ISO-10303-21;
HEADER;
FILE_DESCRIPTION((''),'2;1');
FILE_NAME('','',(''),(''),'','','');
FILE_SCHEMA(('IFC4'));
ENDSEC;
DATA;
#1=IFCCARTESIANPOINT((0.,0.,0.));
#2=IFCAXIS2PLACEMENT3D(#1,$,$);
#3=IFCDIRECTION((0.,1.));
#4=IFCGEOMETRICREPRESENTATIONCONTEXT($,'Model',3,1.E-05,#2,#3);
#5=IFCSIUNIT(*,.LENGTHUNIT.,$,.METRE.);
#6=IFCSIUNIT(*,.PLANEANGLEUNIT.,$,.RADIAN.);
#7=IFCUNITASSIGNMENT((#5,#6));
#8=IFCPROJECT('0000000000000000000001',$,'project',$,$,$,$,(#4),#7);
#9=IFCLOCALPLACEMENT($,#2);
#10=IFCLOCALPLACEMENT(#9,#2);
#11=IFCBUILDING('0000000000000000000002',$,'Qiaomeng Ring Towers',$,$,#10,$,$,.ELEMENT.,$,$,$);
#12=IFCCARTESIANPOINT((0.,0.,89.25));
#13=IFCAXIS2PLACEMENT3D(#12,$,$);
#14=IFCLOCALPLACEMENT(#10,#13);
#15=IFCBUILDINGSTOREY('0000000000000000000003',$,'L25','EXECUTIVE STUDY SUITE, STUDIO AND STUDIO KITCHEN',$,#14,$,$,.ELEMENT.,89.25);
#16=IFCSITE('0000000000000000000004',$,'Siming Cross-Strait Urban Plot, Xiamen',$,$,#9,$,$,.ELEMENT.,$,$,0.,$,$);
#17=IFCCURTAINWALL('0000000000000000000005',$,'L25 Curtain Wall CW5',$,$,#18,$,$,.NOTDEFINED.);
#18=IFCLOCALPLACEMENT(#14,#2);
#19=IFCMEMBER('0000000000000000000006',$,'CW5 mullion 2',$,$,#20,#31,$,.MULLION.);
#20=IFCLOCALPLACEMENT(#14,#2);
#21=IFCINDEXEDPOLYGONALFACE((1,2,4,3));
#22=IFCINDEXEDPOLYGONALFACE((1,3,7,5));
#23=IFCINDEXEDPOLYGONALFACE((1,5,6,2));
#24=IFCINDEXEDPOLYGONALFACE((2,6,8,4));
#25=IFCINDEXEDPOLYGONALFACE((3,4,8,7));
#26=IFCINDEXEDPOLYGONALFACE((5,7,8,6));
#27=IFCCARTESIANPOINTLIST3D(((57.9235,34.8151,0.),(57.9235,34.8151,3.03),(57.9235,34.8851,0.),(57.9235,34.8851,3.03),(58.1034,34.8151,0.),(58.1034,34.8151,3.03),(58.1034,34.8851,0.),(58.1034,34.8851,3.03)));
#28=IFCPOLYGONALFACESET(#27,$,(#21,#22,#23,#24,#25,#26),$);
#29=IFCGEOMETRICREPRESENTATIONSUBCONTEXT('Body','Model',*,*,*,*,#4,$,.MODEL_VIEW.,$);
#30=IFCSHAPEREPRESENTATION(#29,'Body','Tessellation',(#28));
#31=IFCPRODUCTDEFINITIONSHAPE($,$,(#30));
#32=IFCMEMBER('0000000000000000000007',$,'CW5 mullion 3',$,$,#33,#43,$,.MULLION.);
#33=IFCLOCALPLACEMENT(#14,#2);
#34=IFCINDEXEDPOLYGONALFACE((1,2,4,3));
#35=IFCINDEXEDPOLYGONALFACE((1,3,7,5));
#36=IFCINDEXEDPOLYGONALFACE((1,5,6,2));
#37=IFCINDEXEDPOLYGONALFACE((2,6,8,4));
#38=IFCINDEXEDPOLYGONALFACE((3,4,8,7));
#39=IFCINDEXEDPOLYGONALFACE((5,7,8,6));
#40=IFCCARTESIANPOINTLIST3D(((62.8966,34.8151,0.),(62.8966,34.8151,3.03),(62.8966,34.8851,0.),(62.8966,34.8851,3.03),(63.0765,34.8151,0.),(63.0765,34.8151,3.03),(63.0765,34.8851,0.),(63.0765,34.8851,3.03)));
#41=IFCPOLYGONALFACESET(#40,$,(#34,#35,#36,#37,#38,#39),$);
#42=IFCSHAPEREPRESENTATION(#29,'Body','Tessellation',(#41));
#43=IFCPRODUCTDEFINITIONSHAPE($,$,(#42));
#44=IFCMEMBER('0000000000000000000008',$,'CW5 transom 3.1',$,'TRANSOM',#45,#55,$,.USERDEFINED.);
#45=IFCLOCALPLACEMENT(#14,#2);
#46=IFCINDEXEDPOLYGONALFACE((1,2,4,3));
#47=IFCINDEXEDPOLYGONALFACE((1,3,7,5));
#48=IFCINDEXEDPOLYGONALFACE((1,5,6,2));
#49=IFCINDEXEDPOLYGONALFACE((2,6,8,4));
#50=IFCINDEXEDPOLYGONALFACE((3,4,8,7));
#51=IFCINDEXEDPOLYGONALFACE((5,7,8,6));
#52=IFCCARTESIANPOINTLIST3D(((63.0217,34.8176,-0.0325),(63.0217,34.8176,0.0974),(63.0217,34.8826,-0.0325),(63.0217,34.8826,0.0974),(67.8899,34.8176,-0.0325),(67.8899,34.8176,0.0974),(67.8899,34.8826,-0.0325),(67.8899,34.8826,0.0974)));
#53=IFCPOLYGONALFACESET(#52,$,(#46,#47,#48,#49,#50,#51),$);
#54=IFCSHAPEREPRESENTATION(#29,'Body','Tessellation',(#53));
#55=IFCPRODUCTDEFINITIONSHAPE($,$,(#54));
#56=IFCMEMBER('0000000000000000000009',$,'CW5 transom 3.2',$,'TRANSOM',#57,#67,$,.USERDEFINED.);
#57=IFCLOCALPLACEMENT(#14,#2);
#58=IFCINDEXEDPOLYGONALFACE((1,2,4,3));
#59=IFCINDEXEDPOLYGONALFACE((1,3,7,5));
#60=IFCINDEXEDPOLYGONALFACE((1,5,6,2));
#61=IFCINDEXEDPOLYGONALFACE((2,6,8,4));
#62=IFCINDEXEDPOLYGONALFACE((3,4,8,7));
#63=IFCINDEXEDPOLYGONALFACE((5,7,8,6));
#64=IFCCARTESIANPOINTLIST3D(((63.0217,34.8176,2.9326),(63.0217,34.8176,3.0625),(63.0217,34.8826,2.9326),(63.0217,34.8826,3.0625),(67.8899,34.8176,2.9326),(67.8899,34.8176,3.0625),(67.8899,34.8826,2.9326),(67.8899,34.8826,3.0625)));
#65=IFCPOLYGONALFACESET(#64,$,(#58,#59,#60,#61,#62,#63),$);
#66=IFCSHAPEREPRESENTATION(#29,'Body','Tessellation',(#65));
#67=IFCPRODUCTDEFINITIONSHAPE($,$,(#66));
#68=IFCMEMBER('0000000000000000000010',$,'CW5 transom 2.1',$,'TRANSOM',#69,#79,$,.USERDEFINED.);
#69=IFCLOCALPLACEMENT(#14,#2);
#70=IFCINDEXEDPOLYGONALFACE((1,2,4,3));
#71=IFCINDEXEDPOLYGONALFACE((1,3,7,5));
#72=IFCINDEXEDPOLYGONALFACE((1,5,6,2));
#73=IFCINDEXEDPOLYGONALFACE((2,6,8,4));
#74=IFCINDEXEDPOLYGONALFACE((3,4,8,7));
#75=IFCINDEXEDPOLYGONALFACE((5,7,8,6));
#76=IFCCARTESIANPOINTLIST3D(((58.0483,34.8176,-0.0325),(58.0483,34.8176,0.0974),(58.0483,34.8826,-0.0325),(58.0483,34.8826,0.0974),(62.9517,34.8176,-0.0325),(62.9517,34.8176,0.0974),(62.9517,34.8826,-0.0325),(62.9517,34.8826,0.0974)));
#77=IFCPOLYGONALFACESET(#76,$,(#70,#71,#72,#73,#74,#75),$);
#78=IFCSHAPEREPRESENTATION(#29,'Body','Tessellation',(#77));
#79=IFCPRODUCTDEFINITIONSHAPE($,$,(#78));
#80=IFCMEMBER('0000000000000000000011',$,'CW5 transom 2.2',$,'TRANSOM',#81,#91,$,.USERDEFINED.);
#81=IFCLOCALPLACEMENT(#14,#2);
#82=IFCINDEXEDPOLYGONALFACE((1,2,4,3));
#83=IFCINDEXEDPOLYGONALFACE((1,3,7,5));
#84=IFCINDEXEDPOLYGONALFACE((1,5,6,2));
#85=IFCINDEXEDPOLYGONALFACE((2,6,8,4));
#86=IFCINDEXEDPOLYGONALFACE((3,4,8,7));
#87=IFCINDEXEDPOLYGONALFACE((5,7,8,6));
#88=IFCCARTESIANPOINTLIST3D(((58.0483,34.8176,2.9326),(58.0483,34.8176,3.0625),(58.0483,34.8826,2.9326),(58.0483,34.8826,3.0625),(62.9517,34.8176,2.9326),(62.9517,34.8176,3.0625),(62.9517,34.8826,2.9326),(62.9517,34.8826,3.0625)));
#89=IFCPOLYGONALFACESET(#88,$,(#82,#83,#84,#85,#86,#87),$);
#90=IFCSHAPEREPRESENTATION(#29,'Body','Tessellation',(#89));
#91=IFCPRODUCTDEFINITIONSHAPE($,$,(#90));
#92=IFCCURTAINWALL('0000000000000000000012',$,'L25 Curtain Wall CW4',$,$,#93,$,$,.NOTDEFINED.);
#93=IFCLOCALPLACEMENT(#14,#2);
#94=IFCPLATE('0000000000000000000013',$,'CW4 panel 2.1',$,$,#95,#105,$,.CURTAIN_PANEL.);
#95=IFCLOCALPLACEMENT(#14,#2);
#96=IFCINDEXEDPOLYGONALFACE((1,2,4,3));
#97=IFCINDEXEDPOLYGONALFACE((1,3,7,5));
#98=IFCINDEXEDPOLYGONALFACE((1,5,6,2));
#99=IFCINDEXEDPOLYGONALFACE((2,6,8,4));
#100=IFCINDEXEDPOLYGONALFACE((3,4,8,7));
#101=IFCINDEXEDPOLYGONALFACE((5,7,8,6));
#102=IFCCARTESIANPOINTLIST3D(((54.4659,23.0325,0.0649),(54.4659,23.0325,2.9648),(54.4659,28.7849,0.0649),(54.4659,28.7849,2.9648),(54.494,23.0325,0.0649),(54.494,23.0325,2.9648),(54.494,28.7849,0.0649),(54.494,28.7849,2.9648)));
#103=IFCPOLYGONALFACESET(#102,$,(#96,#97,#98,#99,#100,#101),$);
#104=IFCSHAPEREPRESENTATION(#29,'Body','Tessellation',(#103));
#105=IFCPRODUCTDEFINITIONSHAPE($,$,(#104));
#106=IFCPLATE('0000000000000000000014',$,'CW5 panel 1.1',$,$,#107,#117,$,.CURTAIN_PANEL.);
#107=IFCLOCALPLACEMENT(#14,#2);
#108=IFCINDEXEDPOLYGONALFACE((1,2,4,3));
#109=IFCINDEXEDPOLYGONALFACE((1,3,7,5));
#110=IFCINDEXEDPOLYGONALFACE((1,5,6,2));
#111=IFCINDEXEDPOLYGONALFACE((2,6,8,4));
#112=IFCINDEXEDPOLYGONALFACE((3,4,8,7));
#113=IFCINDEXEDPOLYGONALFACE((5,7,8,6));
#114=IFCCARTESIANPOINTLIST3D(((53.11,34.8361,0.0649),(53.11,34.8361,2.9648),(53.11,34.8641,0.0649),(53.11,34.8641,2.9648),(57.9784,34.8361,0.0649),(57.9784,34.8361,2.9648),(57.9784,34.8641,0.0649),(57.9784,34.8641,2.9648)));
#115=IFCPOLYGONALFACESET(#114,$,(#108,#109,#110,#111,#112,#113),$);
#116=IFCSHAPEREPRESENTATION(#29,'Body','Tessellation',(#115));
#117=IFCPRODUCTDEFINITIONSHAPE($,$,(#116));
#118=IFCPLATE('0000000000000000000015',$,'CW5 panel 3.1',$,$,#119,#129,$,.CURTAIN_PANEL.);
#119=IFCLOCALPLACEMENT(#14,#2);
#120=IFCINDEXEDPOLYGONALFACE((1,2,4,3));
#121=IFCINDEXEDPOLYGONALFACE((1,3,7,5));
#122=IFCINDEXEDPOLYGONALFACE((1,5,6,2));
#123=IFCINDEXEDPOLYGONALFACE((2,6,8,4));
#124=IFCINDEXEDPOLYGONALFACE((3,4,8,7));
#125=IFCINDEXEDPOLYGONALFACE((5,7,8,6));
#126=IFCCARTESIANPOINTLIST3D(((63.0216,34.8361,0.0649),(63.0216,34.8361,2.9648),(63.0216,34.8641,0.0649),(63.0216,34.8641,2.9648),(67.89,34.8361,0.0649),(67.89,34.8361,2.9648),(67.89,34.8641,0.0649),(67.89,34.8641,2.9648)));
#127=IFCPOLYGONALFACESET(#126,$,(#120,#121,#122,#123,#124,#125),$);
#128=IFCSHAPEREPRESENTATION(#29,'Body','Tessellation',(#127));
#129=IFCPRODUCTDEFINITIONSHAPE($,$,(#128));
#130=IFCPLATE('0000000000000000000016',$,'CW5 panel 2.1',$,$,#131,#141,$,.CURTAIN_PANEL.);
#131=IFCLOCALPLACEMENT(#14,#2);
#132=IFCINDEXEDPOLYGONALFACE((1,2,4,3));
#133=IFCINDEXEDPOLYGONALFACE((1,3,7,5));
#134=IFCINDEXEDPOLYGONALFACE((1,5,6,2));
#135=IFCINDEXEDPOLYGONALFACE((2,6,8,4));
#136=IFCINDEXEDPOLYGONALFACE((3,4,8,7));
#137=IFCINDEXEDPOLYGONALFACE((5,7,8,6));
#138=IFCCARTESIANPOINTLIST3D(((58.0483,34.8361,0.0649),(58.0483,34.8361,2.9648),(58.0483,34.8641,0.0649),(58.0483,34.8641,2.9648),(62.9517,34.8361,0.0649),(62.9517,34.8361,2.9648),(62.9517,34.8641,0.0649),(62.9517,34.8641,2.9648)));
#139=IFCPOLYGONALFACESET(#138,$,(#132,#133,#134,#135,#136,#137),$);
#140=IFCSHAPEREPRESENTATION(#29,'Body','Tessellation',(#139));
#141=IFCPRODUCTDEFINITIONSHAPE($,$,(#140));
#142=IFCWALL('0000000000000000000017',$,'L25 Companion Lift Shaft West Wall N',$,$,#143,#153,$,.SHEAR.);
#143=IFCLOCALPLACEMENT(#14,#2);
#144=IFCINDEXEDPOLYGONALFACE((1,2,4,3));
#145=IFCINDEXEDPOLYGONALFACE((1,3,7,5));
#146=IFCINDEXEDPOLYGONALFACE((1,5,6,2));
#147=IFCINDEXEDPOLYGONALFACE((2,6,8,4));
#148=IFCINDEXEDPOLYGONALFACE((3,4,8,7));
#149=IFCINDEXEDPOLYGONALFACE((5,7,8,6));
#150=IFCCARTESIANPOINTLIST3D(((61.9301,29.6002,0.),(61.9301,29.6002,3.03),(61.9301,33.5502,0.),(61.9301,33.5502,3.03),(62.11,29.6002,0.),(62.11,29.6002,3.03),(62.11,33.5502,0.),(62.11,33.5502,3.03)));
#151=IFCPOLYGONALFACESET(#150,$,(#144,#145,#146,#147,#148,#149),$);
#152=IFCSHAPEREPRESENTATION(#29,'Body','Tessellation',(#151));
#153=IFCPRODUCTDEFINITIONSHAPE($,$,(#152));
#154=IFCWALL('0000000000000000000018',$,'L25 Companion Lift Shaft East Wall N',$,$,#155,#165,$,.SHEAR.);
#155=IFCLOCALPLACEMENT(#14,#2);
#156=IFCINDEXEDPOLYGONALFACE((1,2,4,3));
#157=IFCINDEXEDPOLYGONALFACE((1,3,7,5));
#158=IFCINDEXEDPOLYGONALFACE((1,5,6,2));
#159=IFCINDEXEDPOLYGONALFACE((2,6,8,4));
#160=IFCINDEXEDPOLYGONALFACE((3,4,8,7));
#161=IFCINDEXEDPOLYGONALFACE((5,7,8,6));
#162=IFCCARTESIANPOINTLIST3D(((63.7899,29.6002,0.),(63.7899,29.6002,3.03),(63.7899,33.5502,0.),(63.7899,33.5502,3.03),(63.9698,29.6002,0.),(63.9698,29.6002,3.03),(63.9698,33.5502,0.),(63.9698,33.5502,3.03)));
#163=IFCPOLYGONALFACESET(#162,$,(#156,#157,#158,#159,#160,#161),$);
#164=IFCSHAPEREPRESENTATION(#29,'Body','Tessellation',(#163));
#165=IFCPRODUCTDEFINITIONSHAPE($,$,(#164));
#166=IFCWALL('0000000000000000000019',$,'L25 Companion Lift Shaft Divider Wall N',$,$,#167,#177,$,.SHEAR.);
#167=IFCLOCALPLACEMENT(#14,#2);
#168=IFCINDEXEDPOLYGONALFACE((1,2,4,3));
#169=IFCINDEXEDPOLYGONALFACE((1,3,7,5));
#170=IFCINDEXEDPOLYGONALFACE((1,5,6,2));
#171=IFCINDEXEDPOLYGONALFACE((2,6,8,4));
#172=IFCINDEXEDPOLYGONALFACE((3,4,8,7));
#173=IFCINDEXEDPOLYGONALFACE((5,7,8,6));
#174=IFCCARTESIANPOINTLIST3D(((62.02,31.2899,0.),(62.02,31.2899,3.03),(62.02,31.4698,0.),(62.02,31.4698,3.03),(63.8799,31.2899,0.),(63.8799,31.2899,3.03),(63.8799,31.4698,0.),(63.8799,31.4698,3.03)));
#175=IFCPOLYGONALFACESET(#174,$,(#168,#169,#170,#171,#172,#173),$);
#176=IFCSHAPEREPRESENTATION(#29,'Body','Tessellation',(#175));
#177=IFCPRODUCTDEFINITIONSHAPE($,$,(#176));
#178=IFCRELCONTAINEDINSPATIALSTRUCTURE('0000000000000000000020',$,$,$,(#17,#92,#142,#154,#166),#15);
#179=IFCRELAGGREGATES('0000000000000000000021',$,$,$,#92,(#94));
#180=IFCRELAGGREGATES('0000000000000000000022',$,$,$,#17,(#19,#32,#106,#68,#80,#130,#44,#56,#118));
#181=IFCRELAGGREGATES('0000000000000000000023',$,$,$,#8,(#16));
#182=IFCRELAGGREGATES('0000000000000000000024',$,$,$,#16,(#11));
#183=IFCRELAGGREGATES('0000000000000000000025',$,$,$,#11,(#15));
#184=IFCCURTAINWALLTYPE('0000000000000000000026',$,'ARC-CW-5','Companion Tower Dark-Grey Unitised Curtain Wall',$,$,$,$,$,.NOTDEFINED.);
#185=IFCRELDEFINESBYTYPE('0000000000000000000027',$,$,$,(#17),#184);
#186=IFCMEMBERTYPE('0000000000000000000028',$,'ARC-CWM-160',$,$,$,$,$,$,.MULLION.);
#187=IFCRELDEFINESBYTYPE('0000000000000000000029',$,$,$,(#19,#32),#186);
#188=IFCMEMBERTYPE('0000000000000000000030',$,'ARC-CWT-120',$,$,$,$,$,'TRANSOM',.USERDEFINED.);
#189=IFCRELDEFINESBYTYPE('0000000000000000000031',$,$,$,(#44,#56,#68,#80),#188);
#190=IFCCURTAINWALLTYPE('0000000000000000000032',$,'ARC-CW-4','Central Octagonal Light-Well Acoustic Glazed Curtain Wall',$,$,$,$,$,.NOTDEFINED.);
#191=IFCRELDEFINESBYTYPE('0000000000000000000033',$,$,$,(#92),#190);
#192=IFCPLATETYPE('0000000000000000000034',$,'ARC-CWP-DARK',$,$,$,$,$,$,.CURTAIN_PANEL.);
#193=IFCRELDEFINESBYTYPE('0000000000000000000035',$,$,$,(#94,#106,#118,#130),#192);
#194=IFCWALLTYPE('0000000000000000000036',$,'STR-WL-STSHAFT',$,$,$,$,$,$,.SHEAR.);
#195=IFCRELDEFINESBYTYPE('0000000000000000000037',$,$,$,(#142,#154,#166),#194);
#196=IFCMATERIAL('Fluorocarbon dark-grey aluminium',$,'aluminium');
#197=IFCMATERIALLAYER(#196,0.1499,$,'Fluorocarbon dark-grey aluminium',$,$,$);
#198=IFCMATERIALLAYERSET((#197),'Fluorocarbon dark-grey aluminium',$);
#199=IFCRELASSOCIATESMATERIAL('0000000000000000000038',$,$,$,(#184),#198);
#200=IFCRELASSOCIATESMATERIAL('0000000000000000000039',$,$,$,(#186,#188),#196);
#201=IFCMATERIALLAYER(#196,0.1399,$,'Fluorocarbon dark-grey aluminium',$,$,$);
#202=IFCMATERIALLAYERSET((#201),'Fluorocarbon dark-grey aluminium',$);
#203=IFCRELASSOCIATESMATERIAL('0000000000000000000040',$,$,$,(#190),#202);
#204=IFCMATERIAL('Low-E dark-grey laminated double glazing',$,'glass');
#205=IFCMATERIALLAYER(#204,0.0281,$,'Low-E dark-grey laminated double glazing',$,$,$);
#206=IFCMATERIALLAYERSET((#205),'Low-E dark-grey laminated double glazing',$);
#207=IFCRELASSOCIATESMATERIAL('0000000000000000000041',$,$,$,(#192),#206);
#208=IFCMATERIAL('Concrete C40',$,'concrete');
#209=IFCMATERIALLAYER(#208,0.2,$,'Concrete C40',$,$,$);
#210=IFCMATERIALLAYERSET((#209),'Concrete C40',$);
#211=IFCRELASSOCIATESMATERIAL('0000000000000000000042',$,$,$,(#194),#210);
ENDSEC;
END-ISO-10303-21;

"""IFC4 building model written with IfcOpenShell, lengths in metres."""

from ifc_helpers import new_model, si_unit, direction, frame, frame_2d, origin, origin_2d, place, context, subcontext, project, spatial, rectangle, extrude, source, transform, mapped, material, layer, layer_set, material_profile, profile_set, type_object, element, aggregate, save


model = new_model("IFC4")

# Units and contexts
model_context = context("Model", 3, precision=1e-05, world=origin(), true_north=direction((0.0, 1.0)))
body_context = subcontext(model_context, "Body", "Model", "MODEL_VIEW")
ifc_project = project(units=[si_unit("LENGTHUNIT", "METRE"), si_unit("PLANEANGLEUNIT", "RADIAN")], contexts=[model_context])

# Site, building, storey
site_placement = place(None, origin())
site = spatial("IfcSite", under=ifc_project, at=site_placement, Name="Siming Cross-Strait Urban Plot, Xiamen", CompositionType="ELEMENT", RefElevation=0.0)
building_placement = place(site_placement, origin())
building = spatial("IfcBuilding", under=site, at=building_placement, Name="Qiaomeng Ring Towers", CompositionType="ELEMENT")
storey_placement = place(building_placement, frame((0.0, 0.0, 89.25)))
storey = spatial("IfcBuildingStorey", under=building, at=storey_placement, Name="L25", Description="EXECUTIVE STUDY SUITE, STUDIO AND STUDIO KITCHEN", CompositionType="ELEMENT", Elevation=89.25)

# Curtain wall, members
ifc_material_1 = material(Name="Fluorocarbon dark-grey aluminium", Category="aluminium")
ifc_layer_1 = layer(ifc_material_1, 0.1499, Name="Fluorocarbon dark-grey aluminium")
ifc_layer_set_1 = layer_set([ifc_layer_1], Name="Fluorocarbon dark-grey aluminium")
curtain_wall_type_1 = type_object("IfcCurtainWallType", Name="ARC-CW-5", Description="Companion Tower Dark-Grey Unitised Curtain Wall", PredefinedType="NOTDEFINED", material=ifc_layer_set_1)
curtain_wall_1_placement = place(storey_placement, origin())
curtain_wall_1 = element("IfcCurtainWall", 1, at=curtain_wall_1_placement, inside=storey, type_object=curtain_wall_type_1, Name="L25 Curtain Wall CW5", PredefinedType="NOTDEFINED")
ifc_material_profile_1 = material_profile(ifc_material_1, rectangle(XDim=0.0701, YDim=0.1799, at=origin_2d()), Name="ALU MULL 70x180")
ifc_profile_set_1 = profile_set([ifc_material_profile_1], Name="Fluorocarbon dark-grey aluminium")
member_type_1 = type_object("IfcMemberType", Name="ARC-CWM-160", PredefinedType="MULLION", material=ifc_profile_set_1)
shared_shape_1 = source(origin(), body_context, "Body", "SweptSolid", [
    extrude(rectangle(XDim=0.0701, YDim=0.1799, at=origin_2d()), origin(), (0.0, 0.0, 1.0), 3.03),
])
member_1_placement = place(storey_placement, frame((58.0134, 34.8501, 0.0), z_axis=(0.0, 0.0, 1.0), x_axis=(0.0, 1.0, 0.0)))
member_1 = element("IfcMember", 2, at=member_1_placement, type_object=member_type_1, Name="CW5 mullion 2", PredefinedType="MULLION", context=body_context, shape_type="MappedRepresentation", body=[
    mapped(shared_shape_1, transform((0.0, 0.0, 0.0), x_axis=(1.0, 0.0, 0.0), y_axis=(0.0, 1.0, 0.0), z_axis=(0.0, 0.0, 1.0), scale=1.0)),
])
member_2_placement = place(storey_placement, frame((62.9866, 34.8501, 0.0), z_axis=(0.0, 0.0, 1.0), x_axis=(0.0, 1.0, 0.0)))
member_2 = element("IfcMember", 3, at=member_2_placement, type_object=member_type_1, Name="CW5 mullion 3", PredefinedType="MULLION", context=body_context, shape_type="MappedRepresentation", body=[
    mapped(shared_shape_1, transform((0.0, 0.0, 0.0), x_axis=(1.0, 0.0, 0.0), y_axis=(0.0, 1.0, 0.0), z_axis=(0.0, 0.0, 1.0), scale=1.0)),
])
ifc_material_profile_2 = material_profile(ifc_material_1, rectangle(XDim=0.0649, YDim=0.1299, at=origin_2d()), Name="ALU TRAN 65x130")
ifc_profile_set_2 = profile_set([ifc_material_profile_2], Name="Fluorocarbon dark-grey aluminium")
member_type_2 = type_object("IfcMemberType", Name="ARC-CWT-120", ElementType="TRANSOM", PredefinedType="USERDEFINED", material=ifc_profile_set_2)
shared_shape_2 = source(origin(), body_context, "Body", "SweptSolid", [
    extrude(rectangle(XDim=0.0649, YDim=0.1299, at=origin_2d()), origin(), (0.0, 0.0, 1.0), 4.8682),
])
member_3_placement = place(storey_placement, frame((63.0217, 34.8501, 0.0325), z_axis=(1.0, 0.0, 0.0), x_axis=(0.0, 1.0, 0.0)))
member_3 = element("IfcMember", 4, at=member_3_placement, type_object=member_type_2, Name="CW5 transom 3.1", ObjectType="TRANSOM", PredefinedType="USERDEFINED", context=body_context, shape_type="MappedRepresentation", body=[
    mapped(shared_shape_2, transform((0.0, 0.0, 0.0), x_axis=(1.0, 0.0, 0.0), y_axis=(0.0, 1.0, 0.0), z_axis=(0.0, 0.0, 1.0), scale=1.0)),
])
member_4_placement = place(storey_placement, frame((63.0217, 34.8501, 2.9976), z_axis=(1.0, 0.0, 0.0), x_axis=(0.0, 1.0, 0.0)))
member_4 = element("IfcMember", 5, at=member_4_placement, type_object=member_type_2, Name="CW5 transom 3.2", ObjectType="TRANSOM", PredefinedType="USERDEFINED", context=body_context, shape_type="MappedRepresentation", body=[
    mapped(shared_shape_2, transform((0.0, 0.0, 0.0), x_axis=(1.0, 0.0, 0.0), y_axis=(0.0, 1.0, 0.0), z_axis=(0.0, 0.0, 1.0), scale=1.0)),
])
shared_shape_3 = source(origin(), body_context, "Body", "SweptSolid", [
    extrude(rectangle(XDim=0.0649, YDim=0.1299, at=origin_2d()), origin(), (0.0, 0.0, 1.0), 4.9033),
])
member_5_placement = place(storey_placement, frame((58.0483, 34.8501, 0.0325), z_axis=(1.0, 0.0, 0.0), x_axis=(0.0, 1.0, 0.0)))
member_5 = element("IfcMember", 6, at=member_5_placement, type_object=member_type_2, Name="CW5 transom 2.1", ObjectType="TRANSOM", PredefinedType="USERDEFINED", context=body_context, shape_type="MappedRepresentation", body=[
    mapped(shared_shape_3, transform((0.0, 0.0, 0.0), x_axis=(1.0, 0.0, 0.0), y_axis=(0.0, 1.0, 0.0), z_axis=(0.0, 0.0, 1.0), scale=1.0)),
])
member_6_placement = place(storey_placement, frame((58.0483, 34.8501, 2.9976), z_axis=(1.0, 0.0, 0.0), x_axis=(0.0, 1.0, 0.0)))
member_6 = element("IfcMember", 7, at=member_6_placement, type_object=member_type_2, Name="CW5 transom 2.2", ObjectType="TRANSOM", PredefinedType="USERDEFINED", context=body_context, shape_type="MappedRepresentation", body=[
    mapped(shared_shape_3, transform((0.0, 0.0, 0.0), x_axis=(1.0, 0.0, 0.0), y_axis=(0.0, 1.0, 0.0), z_axis=(0.0, 0.0, 1.0), scale=1.0)),
])

# Curtain wall, plate
ifc_layer_2 = layer(ifc_material_1, 0.1399, Name="Fluorocarbon dark-grey aluminium")
ifc_layer_set_2 = layer_set([ifc_layer_2], Name="Fluorocarbon dark-grey aluminium")
curtain_wall_type_2 = type_object("IfcCurtainWallType", Name="ARC-CW-4", Description="Central Octagonal Light-Well Acoustic Glazed Curtain Wall", PredefinedType="NOTDEFINED", material=ifc_layer_set_2)
curtain_wall_2_placement = place(storey_placement, origin())
curtain_wall_2 = element("IfcCurtainWall", 8, at=curtain_wall_2_placement, inside=storey, type_object=curtain_wall_type_2, Name="L25 Curtain Wall CW4", PredefinedType="NOTDEFINED")
ifc_material_2 = material(Name="Low-E dark-grey laminated double glazing", Category="glass")
ifc_layer_3 = layer(ifc_material_2, 0.0281, Name="Low-E dark-grey laminated double glazing")
ifc_layer_set_3 = layer_set([ifc_layer_3], Name="Low-E dark-grey laminated double glazing")
plate_type = type_object("IfcPlateType", Name="ARC-CWP-DARK", PredefinedType="CURTAIN_PANEL", material=ifc_layer_set_3)
shared_shape_4 = source(origin(), body_context, "Body", "SweptSolid", [
    extrude(rectangle(XDim=5.7524, YDim=0.0281, at=origin_2d()), origin(), (0.0, 0.0, 1.0), 2.8999),
])
plate_1_placement = place(storey_placement, frame((54.48, 25.9087, 0.0649), z_axis=(0.0, 0.0, 1.0), x_axis=(0.0, 1.0, 0.0)))
plate_1 = element("IfcPlate", 9, at=plate_1_placement, type_object=plate_type, Name="CW4 panel 2.1", PredefinedType="CURTAIN_PANEL", context=body_context, shape_type="MappedRepresentation", body=[
    mapped(shared_shape_4, transform((0.0, 0.0, 0.0), x_axis=(1.0, 0.0, 0.0), y_axis=(0.0, 1.0, 0.0), z_axis=(0.0, 0.0, 1.0), scale=1.0)),
])
aggregate(curtain_wall_2, [plate_1])

# Plates
shared_shape_5 = source(origin(), body_context, "Body", "SweptSolid", [
    extrude(rectangle(XDim=4.8684, YDim=0.0281, at=origin_2d()), origin(), (0.0, 0.0, 1.0), 2.8999),
])
plate_2_placement = place(storey_placement, frame((55.5442, 34.8501, 0.0649), z_axis=(0.0, 0.0, 1.0), x_axis=(1.0, 0.0, 0.0)))
plate_2 = element("IfcPlate", 10, at=plate_2_placement, type_object=plate_type, Name="CW5 panel 1.1", PredefinedType="CURTAIN_PANEL", context=body_context, shape_type="MappedRepresentation", body=[
    mapped(shared_shape_5, transform((0.0, 0.0, 0.0), x_axis=(1.0, 0.0, 0.0), y_axis=(0.0, 1.0, 0.0), z_axis=(0.0, 0.0, 1.0), scale=1.0)),
])
plate_3_placement = place(storey_placement, frame((65.4558, 34.8501, 0.0649), z_axis=(0.0, 0.0, 1.0), x_axis=(1.0, 0.0, 0.0)))
plate_3 = element("IfcPlate", 11, at=plate_3_placement, type_object=plate_type, Name="CW5 panel 3.1", PredefinedType="CURTAIN_PANEL", context=body_context, shape_type="MappedRepresentation", body=[
    mapped(shared_shape_5, transform((0.0, 0.0, 0.0), x_axis=(1.0, 0.0, 0.0), y_axis=(0.0, 1.0, 0.0), z_axis=(0.0, 0.0, 1.0), scale=1.0)),
])
shared_shape_6 = source(origin(), body_context, "Body", "SweptSolid", [
    extrude(rectangle(XDim=4.9033, YDim=0.0281, at=origin_2d()), origin(), (0.0, 0.0, 1.0), 2.8999),
])
plate_4_placement = place(storey_placement, frame((60.5, 34.8501, 0.0649), z_axis=(0.0, 0.0, 1.0), x_axis=(1.0, 0.0, 0.0)))
plate_4 = element("IfcPlate", 12, at=plate_4_placement, type_object=plate_type, Name="CW5 panel 2.1", PredefinedType="CURTAIN_PANEL", context=body_context, shape_type="MappedRepresentation", body=[
    mapped(shared_shape_6, transform((0.0, 0.0, 0.0), x_axis=(1.0, 0.0, 0.0), y_axis=(0.0, 1.0, 0.0), z_axis=(0.0, 0.0, 1.0), scale=1.0)),
])
aggregate(curtain_wall_1, [member_1, member_2, plate_2, member_5, member_6, plate_4, member_3, member_4, plate_3])

# Walls
ifc_material_3 = material(Name="Concrete C40", Category="concrete")
ifc_layer_4 = layer(ifc_material_3, 0.2, Name="Concrete C40")
ifc_layer_set_4 = layer_set([ifc_layer_4], Name="Concrete C40")
wall_type_1 = type_object("IfcWallType", Name="STR-WL-STSHAFT", PredefinedType="SHEAR", material=ifc_layer_set_4)
for number, where, z_axis, x_axis, name in (
    (13, (62.02, 29.6001, 0.0), (0.0, 0.0, 1.0), (0.0, 1.0, 0.0), "L25 Companion Lift Shaft West Wall N"),
    (14, (63.8799, 29.6001, 0.0), (0.0, 0.0, 1.0), (0.0, 1.0, 0.0), "L25 Companion Lift Shaft East Wall N"),
):
    element("IfcWall", number, at=place(storey_placement, frame(where, z_axis=z_axis, x_axis=x_axis)), inside=storey, type_object=wall_type_1, Name=name, PredefinedType="SHEAR", context=body_context, shape_type="SweptSolid", body=[
        extrude(rectangle(XDim=3.95, YDim=0.1799, at=frame_2d((1.9751, 0.0))), origin(), (0.0, 0.0, 1.0), 3.03),
    ])
for number, where, z_axis, x_axis, name in (
    (15, (62.02, 31.3799, 0.0), (0.0, 0.0, 1.0), (1.0, 0.0, 0.0), "L25 Companion Lift Shaft Divider Wall N"),
):
    element("IfcWall", number, at=place(storey_placement, frame(where, z_axis=z_axis, x_axis=x_axis)), inside=storey, type_object=wall_type_1, Name=name, PredefinedType="SHEAR", context=body_context, shape_type="SweptSolid", body=[
        extrude(rectangle(XDim=1.8599, YDim=0.1799, at=frame_2d((0.9299, 0.0))), origin(), (0.0, 0.0, 1.0), 3.03),
    ])

save(model, "model.ifc")
